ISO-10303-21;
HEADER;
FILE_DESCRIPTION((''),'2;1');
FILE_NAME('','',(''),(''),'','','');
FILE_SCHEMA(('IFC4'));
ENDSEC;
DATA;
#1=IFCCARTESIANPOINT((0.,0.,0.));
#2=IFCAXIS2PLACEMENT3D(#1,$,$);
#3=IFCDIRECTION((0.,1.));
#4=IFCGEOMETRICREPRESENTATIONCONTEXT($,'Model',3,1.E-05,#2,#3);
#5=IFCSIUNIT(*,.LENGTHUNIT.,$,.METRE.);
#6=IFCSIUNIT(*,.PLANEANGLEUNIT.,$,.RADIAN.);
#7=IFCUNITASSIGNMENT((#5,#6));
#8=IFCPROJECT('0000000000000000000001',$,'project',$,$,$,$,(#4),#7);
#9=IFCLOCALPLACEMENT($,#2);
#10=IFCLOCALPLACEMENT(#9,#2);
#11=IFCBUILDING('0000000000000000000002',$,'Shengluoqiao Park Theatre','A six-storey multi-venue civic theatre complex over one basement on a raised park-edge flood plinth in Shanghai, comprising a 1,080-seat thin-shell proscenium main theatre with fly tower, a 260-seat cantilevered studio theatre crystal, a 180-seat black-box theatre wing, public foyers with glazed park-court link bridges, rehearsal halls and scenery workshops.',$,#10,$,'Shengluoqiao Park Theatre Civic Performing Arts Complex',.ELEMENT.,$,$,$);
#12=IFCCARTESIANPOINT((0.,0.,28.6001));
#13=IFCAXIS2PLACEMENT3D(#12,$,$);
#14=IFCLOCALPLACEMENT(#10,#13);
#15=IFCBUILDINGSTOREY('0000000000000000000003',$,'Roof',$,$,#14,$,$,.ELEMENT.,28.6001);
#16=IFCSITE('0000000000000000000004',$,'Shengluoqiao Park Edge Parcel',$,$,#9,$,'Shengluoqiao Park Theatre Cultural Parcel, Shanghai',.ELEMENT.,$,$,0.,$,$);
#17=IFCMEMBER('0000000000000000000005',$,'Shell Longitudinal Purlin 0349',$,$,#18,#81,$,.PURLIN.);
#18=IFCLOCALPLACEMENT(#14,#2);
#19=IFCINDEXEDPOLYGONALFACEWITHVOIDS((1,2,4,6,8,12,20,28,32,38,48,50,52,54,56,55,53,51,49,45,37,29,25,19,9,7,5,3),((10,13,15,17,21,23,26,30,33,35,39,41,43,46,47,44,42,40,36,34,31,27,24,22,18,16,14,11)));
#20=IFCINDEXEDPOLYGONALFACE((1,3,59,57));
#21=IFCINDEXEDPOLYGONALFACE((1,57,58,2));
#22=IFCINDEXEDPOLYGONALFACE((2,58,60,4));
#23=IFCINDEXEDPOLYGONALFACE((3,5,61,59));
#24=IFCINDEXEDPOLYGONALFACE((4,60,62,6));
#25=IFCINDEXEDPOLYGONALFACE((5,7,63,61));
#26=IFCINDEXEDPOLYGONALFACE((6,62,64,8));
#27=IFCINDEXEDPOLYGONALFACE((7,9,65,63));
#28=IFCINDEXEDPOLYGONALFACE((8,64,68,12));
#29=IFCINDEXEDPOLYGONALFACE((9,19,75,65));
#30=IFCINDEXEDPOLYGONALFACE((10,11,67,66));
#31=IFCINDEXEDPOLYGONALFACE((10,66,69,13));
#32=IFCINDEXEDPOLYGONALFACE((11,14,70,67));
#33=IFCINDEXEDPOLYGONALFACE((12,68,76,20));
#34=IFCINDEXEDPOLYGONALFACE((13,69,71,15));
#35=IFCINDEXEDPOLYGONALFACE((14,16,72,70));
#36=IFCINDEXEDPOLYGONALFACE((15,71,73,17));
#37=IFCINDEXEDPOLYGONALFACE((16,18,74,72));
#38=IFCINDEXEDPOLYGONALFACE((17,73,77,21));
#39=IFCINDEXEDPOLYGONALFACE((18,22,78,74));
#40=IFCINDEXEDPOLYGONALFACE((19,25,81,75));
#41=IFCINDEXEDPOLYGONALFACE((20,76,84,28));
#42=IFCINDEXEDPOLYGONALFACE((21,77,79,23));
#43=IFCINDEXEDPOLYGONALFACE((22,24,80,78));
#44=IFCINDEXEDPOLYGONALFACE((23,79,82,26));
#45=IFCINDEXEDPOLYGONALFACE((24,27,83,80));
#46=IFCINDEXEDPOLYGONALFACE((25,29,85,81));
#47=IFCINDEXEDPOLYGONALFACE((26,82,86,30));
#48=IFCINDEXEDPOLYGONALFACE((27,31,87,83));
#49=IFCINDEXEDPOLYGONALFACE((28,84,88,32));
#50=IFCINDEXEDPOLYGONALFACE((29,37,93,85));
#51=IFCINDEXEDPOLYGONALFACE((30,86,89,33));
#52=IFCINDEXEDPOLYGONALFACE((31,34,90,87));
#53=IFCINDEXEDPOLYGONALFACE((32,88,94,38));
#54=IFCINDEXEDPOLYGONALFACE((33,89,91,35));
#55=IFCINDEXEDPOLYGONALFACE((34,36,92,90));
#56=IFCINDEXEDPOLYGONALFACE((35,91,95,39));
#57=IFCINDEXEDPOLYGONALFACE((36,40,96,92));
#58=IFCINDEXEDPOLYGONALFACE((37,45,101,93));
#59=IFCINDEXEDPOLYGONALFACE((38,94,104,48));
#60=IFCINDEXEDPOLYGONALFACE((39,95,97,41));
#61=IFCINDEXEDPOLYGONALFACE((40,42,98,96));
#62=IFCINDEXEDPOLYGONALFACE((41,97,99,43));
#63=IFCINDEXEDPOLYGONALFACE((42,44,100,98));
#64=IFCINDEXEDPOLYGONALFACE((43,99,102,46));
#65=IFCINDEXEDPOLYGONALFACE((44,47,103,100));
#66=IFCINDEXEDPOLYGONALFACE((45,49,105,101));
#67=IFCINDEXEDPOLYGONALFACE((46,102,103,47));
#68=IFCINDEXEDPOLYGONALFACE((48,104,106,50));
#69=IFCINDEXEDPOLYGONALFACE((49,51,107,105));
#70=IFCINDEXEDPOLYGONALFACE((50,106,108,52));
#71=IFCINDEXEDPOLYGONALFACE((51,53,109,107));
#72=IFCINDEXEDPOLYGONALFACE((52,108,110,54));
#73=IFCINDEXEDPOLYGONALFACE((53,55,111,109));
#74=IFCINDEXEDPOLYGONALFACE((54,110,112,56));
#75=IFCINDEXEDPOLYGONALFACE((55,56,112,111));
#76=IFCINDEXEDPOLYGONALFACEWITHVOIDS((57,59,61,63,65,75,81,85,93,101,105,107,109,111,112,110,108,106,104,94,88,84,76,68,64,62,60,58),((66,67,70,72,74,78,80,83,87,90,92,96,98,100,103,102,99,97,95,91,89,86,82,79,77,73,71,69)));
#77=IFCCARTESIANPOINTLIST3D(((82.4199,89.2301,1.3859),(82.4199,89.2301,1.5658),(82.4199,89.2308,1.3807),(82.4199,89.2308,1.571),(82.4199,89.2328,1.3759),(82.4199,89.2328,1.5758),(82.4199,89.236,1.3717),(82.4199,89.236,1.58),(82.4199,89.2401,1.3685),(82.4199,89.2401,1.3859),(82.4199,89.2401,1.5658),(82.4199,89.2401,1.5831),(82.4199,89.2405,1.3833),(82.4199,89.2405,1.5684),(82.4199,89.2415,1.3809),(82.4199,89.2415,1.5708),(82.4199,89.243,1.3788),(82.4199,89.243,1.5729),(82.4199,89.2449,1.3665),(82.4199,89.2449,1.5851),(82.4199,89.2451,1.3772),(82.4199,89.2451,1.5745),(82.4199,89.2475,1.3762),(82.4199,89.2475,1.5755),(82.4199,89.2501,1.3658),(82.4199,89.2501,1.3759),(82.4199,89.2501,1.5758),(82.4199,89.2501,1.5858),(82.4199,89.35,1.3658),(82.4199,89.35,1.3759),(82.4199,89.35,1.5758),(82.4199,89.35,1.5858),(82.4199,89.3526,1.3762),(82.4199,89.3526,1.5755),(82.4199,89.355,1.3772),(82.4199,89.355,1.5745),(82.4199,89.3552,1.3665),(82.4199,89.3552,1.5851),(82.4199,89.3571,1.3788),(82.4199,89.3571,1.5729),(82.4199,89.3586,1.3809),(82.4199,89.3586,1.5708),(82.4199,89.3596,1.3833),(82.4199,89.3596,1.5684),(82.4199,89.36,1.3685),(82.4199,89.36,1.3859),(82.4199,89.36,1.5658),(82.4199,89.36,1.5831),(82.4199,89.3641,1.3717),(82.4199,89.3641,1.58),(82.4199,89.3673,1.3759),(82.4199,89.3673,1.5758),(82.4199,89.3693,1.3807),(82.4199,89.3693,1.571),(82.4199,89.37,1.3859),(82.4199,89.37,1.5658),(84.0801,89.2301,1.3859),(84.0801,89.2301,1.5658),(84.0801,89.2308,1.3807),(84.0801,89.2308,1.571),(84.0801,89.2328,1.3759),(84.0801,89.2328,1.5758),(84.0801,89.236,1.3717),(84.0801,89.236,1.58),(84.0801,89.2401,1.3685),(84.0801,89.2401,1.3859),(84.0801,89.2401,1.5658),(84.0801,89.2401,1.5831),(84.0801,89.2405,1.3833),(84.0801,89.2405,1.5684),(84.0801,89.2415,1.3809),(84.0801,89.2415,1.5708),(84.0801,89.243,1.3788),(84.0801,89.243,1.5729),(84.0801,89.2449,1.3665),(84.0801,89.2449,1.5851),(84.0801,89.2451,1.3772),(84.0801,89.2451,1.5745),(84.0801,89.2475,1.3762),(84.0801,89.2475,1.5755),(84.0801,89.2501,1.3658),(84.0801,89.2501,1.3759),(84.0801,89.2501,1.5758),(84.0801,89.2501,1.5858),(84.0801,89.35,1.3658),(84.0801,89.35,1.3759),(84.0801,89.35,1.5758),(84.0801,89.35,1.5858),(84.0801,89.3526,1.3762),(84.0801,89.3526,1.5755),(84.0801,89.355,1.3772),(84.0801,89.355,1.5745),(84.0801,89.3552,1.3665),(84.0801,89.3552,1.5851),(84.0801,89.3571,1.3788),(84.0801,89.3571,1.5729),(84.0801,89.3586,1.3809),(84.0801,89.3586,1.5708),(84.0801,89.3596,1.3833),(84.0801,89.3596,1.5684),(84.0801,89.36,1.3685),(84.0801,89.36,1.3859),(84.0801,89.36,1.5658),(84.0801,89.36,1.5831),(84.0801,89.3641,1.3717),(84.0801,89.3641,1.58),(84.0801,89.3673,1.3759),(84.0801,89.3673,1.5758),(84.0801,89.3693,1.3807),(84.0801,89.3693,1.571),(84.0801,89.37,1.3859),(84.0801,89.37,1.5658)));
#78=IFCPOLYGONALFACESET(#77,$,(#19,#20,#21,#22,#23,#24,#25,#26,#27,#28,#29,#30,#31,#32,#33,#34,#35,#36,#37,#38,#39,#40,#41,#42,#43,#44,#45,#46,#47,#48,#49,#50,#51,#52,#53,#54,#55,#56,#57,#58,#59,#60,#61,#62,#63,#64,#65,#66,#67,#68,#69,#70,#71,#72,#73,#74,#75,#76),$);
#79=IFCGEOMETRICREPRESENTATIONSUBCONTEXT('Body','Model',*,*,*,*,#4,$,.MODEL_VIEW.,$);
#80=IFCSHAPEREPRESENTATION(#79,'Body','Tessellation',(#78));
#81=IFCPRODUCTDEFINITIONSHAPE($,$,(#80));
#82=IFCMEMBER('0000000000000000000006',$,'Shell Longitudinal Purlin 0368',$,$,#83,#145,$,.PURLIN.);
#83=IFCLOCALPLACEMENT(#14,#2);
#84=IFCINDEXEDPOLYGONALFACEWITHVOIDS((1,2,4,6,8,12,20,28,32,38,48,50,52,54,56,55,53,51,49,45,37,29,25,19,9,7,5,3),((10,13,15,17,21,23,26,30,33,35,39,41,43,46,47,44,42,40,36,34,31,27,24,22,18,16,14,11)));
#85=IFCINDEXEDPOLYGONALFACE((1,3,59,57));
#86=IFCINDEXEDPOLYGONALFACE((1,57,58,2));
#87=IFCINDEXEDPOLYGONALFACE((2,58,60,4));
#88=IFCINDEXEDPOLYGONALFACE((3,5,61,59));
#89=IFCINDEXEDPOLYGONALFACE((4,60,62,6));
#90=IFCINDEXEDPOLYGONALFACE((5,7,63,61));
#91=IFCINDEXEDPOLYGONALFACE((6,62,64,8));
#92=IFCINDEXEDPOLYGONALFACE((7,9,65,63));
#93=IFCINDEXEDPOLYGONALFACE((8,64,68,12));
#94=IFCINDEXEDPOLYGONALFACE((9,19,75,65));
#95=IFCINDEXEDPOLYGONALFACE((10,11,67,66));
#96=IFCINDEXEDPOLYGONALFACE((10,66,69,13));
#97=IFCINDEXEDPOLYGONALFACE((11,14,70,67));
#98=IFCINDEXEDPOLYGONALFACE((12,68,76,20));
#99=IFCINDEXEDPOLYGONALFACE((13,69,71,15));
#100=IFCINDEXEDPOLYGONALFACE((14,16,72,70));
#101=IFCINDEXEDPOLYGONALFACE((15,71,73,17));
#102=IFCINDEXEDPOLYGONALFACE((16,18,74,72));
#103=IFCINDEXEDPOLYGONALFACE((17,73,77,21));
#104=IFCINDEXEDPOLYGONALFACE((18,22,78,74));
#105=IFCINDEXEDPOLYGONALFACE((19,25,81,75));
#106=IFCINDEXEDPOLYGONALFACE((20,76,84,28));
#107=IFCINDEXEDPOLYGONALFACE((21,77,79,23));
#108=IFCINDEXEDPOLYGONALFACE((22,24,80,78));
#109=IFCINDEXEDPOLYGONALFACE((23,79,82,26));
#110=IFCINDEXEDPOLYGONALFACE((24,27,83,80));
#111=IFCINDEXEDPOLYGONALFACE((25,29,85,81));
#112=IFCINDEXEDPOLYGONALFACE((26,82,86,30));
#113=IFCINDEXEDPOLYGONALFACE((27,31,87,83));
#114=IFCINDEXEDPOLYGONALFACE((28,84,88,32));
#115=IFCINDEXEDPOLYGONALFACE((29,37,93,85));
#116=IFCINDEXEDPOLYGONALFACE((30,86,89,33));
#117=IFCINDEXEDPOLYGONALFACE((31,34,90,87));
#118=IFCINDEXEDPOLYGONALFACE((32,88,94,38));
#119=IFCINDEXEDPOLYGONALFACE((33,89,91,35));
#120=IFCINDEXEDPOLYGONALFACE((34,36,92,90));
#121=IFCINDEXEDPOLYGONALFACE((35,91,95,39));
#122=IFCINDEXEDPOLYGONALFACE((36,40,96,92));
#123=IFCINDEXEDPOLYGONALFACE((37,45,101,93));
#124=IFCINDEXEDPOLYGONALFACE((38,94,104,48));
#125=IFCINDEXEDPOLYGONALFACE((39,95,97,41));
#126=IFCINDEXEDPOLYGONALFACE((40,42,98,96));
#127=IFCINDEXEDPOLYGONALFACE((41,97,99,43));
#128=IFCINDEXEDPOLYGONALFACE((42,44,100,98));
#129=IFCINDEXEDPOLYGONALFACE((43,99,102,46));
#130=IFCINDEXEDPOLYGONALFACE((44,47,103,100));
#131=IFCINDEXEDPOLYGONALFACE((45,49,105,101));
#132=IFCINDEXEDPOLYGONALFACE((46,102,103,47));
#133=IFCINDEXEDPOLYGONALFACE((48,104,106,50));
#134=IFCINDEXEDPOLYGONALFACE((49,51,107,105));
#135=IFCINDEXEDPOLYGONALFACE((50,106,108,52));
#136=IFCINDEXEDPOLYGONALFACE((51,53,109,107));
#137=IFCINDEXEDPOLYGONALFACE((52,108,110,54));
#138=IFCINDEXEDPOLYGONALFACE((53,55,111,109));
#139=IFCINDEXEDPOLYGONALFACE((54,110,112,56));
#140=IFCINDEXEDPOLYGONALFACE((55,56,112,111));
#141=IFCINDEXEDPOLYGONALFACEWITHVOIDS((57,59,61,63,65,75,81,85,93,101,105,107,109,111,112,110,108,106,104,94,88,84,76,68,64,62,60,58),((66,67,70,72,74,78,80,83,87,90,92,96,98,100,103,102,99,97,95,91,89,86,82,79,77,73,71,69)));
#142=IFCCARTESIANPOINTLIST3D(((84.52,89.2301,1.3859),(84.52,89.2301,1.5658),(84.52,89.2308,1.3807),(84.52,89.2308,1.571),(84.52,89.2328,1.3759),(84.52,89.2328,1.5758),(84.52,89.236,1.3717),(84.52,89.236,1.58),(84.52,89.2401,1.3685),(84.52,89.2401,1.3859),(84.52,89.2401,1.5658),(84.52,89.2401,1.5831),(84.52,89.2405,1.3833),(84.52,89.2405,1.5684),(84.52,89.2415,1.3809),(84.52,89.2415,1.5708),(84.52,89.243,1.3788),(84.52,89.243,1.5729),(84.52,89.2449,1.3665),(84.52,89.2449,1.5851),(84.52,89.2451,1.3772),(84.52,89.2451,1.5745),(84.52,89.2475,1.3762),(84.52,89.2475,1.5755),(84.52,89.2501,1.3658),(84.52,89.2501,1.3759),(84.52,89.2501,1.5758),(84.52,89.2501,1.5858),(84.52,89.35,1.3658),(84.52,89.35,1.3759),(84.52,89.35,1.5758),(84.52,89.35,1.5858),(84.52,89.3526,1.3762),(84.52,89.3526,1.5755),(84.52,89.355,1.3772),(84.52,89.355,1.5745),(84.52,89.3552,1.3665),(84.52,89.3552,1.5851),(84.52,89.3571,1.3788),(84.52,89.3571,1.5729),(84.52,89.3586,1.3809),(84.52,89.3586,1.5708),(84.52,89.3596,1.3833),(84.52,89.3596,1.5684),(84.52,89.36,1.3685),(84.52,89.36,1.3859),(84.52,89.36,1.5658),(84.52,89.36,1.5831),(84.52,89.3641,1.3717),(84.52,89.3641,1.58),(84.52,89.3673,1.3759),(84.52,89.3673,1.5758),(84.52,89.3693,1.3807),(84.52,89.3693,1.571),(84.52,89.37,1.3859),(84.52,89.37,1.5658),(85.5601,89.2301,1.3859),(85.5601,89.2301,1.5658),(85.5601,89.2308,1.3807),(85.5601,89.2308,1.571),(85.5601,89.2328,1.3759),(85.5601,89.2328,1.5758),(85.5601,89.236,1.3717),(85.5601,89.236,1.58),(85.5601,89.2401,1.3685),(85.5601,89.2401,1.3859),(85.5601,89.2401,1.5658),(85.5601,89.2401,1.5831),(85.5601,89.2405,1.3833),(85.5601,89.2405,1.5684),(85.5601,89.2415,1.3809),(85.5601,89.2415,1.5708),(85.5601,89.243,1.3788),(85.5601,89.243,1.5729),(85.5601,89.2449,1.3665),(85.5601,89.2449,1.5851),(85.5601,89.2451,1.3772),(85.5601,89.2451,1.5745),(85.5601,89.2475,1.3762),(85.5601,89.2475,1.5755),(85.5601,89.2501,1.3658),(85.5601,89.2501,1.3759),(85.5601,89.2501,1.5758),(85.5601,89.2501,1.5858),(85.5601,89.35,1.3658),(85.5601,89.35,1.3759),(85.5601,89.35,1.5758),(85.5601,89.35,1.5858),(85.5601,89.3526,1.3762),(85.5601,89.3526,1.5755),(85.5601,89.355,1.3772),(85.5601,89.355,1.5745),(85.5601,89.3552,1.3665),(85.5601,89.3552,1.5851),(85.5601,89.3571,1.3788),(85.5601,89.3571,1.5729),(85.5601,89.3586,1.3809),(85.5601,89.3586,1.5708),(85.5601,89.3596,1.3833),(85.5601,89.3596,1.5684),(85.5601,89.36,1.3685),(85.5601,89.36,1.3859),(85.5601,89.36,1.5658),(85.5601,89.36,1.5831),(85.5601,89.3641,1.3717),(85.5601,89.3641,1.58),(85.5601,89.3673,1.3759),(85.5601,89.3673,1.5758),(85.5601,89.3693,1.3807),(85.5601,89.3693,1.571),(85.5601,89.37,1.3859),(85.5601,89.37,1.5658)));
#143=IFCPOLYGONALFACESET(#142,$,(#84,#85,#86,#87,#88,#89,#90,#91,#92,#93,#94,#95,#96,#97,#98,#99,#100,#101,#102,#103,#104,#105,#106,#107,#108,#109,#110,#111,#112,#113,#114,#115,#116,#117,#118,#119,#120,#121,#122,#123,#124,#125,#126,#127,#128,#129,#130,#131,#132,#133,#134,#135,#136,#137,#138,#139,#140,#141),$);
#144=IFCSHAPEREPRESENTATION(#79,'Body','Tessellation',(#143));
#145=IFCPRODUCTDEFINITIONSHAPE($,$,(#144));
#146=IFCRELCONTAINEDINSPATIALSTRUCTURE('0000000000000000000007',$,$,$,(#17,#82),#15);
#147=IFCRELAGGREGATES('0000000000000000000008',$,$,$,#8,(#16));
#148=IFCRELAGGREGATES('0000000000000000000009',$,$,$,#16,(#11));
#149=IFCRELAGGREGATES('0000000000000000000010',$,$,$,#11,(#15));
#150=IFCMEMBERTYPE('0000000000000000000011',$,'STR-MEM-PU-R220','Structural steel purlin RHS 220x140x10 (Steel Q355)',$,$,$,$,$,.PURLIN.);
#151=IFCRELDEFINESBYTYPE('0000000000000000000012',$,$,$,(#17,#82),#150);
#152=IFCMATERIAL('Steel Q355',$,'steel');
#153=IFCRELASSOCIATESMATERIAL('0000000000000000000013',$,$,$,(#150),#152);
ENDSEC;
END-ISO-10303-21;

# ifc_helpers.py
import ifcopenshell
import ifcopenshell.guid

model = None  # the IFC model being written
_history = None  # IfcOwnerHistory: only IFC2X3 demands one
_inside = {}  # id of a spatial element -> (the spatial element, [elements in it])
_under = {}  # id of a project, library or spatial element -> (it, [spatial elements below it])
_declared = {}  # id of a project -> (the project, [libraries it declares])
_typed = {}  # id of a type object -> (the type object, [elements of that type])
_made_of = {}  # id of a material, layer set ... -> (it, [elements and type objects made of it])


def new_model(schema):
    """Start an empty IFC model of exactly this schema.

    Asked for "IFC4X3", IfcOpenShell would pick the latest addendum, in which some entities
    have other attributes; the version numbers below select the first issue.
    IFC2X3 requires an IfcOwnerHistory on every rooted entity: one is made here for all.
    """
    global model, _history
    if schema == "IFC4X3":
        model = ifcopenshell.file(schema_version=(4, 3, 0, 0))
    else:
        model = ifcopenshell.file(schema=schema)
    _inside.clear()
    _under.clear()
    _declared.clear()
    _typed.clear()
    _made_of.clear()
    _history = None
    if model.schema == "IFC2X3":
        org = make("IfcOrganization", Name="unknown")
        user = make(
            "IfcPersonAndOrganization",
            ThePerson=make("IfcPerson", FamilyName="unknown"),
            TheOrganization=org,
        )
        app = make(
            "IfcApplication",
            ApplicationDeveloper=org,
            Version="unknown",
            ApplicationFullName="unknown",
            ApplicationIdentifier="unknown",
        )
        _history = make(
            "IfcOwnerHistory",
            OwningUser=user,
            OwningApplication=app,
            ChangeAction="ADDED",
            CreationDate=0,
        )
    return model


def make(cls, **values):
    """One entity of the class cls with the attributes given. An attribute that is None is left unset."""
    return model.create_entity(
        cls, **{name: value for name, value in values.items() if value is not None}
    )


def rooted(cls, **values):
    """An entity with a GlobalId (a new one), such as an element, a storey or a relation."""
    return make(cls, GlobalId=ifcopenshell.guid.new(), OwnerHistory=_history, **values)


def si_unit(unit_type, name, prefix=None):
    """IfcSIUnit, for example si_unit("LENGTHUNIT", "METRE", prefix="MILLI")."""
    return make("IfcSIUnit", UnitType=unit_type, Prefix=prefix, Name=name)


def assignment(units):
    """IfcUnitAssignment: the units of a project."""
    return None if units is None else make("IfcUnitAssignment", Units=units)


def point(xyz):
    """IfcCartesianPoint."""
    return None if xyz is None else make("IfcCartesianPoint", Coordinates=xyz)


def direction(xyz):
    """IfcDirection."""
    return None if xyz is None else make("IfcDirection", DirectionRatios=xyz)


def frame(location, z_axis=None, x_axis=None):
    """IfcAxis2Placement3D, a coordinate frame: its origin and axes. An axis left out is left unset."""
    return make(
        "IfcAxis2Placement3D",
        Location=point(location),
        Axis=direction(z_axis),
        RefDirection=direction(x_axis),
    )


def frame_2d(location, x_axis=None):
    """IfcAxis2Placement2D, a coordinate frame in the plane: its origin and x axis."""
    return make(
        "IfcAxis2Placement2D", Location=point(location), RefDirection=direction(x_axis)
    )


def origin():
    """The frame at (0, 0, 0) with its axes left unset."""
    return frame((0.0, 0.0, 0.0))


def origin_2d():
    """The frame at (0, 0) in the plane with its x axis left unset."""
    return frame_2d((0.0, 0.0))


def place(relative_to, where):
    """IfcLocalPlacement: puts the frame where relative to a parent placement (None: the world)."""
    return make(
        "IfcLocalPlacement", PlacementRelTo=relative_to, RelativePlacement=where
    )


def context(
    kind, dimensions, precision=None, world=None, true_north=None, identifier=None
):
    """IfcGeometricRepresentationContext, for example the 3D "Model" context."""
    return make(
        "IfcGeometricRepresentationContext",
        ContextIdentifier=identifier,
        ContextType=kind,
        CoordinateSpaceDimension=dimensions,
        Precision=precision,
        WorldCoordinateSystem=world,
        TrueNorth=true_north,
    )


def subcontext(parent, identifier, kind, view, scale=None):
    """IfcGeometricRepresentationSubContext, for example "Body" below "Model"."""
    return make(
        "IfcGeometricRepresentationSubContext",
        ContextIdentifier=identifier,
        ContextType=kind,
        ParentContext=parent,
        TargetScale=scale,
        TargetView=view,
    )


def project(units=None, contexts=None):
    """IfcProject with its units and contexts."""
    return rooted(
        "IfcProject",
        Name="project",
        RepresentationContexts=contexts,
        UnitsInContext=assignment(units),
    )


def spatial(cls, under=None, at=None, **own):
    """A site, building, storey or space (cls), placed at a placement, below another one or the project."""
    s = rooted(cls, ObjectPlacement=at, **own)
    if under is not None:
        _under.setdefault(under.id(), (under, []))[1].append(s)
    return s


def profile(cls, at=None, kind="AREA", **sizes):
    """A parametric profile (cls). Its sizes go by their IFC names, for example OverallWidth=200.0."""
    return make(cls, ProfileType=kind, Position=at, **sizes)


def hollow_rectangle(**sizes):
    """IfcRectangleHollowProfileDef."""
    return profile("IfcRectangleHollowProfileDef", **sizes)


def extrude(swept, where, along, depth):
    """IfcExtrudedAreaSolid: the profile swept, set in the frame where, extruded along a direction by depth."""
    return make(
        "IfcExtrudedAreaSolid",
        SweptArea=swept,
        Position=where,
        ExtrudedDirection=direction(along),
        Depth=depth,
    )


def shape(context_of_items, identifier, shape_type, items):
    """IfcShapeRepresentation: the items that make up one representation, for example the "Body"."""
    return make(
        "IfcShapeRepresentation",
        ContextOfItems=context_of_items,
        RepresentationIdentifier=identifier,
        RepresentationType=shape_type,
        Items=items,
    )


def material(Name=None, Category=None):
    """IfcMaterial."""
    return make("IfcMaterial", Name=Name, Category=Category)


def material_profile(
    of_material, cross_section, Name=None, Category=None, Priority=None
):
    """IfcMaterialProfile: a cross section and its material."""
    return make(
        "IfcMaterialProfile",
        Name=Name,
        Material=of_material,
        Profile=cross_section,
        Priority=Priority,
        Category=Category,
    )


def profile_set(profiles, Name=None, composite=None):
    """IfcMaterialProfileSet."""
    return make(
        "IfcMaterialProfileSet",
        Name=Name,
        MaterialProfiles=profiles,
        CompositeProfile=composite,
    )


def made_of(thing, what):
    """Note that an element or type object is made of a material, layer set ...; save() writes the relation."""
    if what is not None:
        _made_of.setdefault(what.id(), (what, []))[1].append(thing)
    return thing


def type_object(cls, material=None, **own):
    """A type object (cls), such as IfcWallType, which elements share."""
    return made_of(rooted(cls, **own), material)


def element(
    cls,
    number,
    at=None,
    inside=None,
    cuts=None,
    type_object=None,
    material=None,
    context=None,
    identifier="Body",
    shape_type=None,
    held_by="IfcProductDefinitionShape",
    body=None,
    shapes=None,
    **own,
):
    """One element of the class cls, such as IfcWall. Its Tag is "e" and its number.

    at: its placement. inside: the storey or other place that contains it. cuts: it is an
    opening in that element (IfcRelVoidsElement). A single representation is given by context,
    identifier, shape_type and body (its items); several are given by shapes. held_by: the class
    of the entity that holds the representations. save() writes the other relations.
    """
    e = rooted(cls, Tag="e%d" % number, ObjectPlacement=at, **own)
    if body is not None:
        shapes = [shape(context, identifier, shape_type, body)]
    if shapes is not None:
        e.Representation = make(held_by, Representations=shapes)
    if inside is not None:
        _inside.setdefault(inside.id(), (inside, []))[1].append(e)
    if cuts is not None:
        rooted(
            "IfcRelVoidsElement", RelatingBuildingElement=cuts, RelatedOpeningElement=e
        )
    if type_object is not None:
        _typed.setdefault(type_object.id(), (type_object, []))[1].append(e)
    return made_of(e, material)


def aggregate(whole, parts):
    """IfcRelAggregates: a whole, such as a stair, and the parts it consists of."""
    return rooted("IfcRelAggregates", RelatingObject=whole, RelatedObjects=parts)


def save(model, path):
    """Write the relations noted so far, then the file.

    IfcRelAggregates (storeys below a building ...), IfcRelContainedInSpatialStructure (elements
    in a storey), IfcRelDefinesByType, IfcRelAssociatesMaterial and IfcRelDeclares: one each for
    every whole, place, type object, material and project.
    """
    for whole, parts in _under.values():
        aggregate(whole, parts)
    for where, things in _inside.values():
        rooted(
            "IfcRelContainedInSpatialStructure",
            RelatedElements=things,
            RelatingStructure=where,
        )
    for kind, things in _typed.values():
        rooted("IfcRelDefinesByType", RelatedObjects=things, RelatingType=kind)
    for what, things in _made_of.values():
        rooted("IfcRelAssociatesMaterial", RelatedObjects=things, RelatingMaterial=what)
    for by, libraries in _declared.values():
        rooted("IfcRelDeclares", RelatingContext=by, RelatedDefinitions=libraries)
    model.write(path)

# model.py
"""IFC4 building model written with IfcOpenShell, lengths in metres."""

from ifc_helpers import new_model, si_unit, direction, frame, origin, origin_2d, place, context, subcontext, project, spatial, hollow_rectangle, extrude, material, material_profile, profile_set, type_object, element, save


model = new_model("IFC4")

# Units and contexts
model_context = context("Model", 3, precision=1e-05, world=origin(), true_north=direction((0.0, 1.0)))
body_context = subcontext(model_context, "Body", "Model", "MODEL_VIEW")
ifc_project = project(units=[si_unit("LENGTHUNIT", "METRE"), si_unit("PLANEANGLEUNIT", "RADIAN")], contexts=[model_context])

# Site, building, storey
site_placement = place(None, origin())
site = spatial("IfcSite", under=ifc_project, at=site_placement, Name="Shengluoqiao Park Edge Parcel", LongName="Shengluoqiao Park Theatre Cultural Parcel, Shanghai", CompositionType="ELEMENT", RefElevation=0.0)
building_placement = place(site_placement, origin())
building = spatial("IfcBuilding", under=site, at=building_placement, Name="Shengluoqiao Park Theatre", Description="A six-storey multi-venue civic theatre complex over one basement on a raised park-edge flood plinth in Shanghai, comprising a 1,080-seat thin-shell proscenium main theatre with fly tower, a 260-seat cantilevered studio theatre crystal, a 180-seat black-box theatre wing, public foyers with glazed park-court link bridges, rehearsal halls and scenery workshops.", LongName="Shengluoqiao Park Theatre Civic Performing Arts Complex", CompositionType="ELEMENT")
storey_placement = place(building_placement, frame((0.0, 0.0, 28.6001)))
storey = spatial("IfcBuildingStorey", under=building, at=storey_placement, Name="Roof", CompositionType="ELEMENT", Elevation=28.6001)

# Shared definitions
ifc_material_1 = material(Name="Steel Q355", Category="steel")

# Members
ifc_material_profile_1 = material_profile(ifc_material_1, hollow_rectangle(XDim=0.1399, YDim=0.22, WallThickness=0.01, InnerFilletRadius=0.01, OuterFilletRadius=0.02, at=origin_2d()), Name="RHS 220x140x10")
ifc_profile_set_1 = profile_set([ifc_material_profile_1], Name="Steel Q355")
member_type_1 = type_object("IfcMemberType", Name="STR-MEM-PU-R220", Description="Structural steel purlin RHS 220x140x10 (Steel Q355)", PredefinedType="PURLIN", material=ifc_profile_set_1)
member_1_placement = place(storey_placement, frame((82.4199, 89.3, 1.4758), z_axis=(1.0, 0.0, 0.0), x_axis=(0.0, 1.0, 0.0)))
element("IfcMember", 1, at=member_1_placement, inside=storey, type_object=member_type_1, Name="Shell Longitudinal Purlin 0349", PredefinedType="PURLIN", context=body_context, shape_type="SweptSolid", body=[
    extrude(hollow_rectangle(XDim=0.1399, YDim=0.22, WallThickness=0.01, InnerFilletRadius=0.01, OuterFilletRadius=0.02, at=origin_2d()), origin(), (0.0, 0.0, 1.0), 1.6602),
])
member_2_placement = place(storey_placement, frame((84.52, 89.3, 1.4758), z_axis=(1.0, 0.0, 0.0), x_axis=(0.0, 1.0, 0.0)))
element("IfcMember", 2, at=member_2_placement, inside=storey, type_object=member_type_1, Name="Shell Longitudinal Purlin 0368", PredefinedType="PURLIN", context=body_context, shape_type="SweptSolid", body=[
    extrude(hollow_rectangle(XDim=0.1399, YDim=0.22, WallThickness=0.01, InnerFilletRadius=0.01, OuterFilletRadius=0.02, at=origin_2d()), origin(), (0.0, 0.0, 1.0), 1.04),
])

save(model, "model.ifc")
